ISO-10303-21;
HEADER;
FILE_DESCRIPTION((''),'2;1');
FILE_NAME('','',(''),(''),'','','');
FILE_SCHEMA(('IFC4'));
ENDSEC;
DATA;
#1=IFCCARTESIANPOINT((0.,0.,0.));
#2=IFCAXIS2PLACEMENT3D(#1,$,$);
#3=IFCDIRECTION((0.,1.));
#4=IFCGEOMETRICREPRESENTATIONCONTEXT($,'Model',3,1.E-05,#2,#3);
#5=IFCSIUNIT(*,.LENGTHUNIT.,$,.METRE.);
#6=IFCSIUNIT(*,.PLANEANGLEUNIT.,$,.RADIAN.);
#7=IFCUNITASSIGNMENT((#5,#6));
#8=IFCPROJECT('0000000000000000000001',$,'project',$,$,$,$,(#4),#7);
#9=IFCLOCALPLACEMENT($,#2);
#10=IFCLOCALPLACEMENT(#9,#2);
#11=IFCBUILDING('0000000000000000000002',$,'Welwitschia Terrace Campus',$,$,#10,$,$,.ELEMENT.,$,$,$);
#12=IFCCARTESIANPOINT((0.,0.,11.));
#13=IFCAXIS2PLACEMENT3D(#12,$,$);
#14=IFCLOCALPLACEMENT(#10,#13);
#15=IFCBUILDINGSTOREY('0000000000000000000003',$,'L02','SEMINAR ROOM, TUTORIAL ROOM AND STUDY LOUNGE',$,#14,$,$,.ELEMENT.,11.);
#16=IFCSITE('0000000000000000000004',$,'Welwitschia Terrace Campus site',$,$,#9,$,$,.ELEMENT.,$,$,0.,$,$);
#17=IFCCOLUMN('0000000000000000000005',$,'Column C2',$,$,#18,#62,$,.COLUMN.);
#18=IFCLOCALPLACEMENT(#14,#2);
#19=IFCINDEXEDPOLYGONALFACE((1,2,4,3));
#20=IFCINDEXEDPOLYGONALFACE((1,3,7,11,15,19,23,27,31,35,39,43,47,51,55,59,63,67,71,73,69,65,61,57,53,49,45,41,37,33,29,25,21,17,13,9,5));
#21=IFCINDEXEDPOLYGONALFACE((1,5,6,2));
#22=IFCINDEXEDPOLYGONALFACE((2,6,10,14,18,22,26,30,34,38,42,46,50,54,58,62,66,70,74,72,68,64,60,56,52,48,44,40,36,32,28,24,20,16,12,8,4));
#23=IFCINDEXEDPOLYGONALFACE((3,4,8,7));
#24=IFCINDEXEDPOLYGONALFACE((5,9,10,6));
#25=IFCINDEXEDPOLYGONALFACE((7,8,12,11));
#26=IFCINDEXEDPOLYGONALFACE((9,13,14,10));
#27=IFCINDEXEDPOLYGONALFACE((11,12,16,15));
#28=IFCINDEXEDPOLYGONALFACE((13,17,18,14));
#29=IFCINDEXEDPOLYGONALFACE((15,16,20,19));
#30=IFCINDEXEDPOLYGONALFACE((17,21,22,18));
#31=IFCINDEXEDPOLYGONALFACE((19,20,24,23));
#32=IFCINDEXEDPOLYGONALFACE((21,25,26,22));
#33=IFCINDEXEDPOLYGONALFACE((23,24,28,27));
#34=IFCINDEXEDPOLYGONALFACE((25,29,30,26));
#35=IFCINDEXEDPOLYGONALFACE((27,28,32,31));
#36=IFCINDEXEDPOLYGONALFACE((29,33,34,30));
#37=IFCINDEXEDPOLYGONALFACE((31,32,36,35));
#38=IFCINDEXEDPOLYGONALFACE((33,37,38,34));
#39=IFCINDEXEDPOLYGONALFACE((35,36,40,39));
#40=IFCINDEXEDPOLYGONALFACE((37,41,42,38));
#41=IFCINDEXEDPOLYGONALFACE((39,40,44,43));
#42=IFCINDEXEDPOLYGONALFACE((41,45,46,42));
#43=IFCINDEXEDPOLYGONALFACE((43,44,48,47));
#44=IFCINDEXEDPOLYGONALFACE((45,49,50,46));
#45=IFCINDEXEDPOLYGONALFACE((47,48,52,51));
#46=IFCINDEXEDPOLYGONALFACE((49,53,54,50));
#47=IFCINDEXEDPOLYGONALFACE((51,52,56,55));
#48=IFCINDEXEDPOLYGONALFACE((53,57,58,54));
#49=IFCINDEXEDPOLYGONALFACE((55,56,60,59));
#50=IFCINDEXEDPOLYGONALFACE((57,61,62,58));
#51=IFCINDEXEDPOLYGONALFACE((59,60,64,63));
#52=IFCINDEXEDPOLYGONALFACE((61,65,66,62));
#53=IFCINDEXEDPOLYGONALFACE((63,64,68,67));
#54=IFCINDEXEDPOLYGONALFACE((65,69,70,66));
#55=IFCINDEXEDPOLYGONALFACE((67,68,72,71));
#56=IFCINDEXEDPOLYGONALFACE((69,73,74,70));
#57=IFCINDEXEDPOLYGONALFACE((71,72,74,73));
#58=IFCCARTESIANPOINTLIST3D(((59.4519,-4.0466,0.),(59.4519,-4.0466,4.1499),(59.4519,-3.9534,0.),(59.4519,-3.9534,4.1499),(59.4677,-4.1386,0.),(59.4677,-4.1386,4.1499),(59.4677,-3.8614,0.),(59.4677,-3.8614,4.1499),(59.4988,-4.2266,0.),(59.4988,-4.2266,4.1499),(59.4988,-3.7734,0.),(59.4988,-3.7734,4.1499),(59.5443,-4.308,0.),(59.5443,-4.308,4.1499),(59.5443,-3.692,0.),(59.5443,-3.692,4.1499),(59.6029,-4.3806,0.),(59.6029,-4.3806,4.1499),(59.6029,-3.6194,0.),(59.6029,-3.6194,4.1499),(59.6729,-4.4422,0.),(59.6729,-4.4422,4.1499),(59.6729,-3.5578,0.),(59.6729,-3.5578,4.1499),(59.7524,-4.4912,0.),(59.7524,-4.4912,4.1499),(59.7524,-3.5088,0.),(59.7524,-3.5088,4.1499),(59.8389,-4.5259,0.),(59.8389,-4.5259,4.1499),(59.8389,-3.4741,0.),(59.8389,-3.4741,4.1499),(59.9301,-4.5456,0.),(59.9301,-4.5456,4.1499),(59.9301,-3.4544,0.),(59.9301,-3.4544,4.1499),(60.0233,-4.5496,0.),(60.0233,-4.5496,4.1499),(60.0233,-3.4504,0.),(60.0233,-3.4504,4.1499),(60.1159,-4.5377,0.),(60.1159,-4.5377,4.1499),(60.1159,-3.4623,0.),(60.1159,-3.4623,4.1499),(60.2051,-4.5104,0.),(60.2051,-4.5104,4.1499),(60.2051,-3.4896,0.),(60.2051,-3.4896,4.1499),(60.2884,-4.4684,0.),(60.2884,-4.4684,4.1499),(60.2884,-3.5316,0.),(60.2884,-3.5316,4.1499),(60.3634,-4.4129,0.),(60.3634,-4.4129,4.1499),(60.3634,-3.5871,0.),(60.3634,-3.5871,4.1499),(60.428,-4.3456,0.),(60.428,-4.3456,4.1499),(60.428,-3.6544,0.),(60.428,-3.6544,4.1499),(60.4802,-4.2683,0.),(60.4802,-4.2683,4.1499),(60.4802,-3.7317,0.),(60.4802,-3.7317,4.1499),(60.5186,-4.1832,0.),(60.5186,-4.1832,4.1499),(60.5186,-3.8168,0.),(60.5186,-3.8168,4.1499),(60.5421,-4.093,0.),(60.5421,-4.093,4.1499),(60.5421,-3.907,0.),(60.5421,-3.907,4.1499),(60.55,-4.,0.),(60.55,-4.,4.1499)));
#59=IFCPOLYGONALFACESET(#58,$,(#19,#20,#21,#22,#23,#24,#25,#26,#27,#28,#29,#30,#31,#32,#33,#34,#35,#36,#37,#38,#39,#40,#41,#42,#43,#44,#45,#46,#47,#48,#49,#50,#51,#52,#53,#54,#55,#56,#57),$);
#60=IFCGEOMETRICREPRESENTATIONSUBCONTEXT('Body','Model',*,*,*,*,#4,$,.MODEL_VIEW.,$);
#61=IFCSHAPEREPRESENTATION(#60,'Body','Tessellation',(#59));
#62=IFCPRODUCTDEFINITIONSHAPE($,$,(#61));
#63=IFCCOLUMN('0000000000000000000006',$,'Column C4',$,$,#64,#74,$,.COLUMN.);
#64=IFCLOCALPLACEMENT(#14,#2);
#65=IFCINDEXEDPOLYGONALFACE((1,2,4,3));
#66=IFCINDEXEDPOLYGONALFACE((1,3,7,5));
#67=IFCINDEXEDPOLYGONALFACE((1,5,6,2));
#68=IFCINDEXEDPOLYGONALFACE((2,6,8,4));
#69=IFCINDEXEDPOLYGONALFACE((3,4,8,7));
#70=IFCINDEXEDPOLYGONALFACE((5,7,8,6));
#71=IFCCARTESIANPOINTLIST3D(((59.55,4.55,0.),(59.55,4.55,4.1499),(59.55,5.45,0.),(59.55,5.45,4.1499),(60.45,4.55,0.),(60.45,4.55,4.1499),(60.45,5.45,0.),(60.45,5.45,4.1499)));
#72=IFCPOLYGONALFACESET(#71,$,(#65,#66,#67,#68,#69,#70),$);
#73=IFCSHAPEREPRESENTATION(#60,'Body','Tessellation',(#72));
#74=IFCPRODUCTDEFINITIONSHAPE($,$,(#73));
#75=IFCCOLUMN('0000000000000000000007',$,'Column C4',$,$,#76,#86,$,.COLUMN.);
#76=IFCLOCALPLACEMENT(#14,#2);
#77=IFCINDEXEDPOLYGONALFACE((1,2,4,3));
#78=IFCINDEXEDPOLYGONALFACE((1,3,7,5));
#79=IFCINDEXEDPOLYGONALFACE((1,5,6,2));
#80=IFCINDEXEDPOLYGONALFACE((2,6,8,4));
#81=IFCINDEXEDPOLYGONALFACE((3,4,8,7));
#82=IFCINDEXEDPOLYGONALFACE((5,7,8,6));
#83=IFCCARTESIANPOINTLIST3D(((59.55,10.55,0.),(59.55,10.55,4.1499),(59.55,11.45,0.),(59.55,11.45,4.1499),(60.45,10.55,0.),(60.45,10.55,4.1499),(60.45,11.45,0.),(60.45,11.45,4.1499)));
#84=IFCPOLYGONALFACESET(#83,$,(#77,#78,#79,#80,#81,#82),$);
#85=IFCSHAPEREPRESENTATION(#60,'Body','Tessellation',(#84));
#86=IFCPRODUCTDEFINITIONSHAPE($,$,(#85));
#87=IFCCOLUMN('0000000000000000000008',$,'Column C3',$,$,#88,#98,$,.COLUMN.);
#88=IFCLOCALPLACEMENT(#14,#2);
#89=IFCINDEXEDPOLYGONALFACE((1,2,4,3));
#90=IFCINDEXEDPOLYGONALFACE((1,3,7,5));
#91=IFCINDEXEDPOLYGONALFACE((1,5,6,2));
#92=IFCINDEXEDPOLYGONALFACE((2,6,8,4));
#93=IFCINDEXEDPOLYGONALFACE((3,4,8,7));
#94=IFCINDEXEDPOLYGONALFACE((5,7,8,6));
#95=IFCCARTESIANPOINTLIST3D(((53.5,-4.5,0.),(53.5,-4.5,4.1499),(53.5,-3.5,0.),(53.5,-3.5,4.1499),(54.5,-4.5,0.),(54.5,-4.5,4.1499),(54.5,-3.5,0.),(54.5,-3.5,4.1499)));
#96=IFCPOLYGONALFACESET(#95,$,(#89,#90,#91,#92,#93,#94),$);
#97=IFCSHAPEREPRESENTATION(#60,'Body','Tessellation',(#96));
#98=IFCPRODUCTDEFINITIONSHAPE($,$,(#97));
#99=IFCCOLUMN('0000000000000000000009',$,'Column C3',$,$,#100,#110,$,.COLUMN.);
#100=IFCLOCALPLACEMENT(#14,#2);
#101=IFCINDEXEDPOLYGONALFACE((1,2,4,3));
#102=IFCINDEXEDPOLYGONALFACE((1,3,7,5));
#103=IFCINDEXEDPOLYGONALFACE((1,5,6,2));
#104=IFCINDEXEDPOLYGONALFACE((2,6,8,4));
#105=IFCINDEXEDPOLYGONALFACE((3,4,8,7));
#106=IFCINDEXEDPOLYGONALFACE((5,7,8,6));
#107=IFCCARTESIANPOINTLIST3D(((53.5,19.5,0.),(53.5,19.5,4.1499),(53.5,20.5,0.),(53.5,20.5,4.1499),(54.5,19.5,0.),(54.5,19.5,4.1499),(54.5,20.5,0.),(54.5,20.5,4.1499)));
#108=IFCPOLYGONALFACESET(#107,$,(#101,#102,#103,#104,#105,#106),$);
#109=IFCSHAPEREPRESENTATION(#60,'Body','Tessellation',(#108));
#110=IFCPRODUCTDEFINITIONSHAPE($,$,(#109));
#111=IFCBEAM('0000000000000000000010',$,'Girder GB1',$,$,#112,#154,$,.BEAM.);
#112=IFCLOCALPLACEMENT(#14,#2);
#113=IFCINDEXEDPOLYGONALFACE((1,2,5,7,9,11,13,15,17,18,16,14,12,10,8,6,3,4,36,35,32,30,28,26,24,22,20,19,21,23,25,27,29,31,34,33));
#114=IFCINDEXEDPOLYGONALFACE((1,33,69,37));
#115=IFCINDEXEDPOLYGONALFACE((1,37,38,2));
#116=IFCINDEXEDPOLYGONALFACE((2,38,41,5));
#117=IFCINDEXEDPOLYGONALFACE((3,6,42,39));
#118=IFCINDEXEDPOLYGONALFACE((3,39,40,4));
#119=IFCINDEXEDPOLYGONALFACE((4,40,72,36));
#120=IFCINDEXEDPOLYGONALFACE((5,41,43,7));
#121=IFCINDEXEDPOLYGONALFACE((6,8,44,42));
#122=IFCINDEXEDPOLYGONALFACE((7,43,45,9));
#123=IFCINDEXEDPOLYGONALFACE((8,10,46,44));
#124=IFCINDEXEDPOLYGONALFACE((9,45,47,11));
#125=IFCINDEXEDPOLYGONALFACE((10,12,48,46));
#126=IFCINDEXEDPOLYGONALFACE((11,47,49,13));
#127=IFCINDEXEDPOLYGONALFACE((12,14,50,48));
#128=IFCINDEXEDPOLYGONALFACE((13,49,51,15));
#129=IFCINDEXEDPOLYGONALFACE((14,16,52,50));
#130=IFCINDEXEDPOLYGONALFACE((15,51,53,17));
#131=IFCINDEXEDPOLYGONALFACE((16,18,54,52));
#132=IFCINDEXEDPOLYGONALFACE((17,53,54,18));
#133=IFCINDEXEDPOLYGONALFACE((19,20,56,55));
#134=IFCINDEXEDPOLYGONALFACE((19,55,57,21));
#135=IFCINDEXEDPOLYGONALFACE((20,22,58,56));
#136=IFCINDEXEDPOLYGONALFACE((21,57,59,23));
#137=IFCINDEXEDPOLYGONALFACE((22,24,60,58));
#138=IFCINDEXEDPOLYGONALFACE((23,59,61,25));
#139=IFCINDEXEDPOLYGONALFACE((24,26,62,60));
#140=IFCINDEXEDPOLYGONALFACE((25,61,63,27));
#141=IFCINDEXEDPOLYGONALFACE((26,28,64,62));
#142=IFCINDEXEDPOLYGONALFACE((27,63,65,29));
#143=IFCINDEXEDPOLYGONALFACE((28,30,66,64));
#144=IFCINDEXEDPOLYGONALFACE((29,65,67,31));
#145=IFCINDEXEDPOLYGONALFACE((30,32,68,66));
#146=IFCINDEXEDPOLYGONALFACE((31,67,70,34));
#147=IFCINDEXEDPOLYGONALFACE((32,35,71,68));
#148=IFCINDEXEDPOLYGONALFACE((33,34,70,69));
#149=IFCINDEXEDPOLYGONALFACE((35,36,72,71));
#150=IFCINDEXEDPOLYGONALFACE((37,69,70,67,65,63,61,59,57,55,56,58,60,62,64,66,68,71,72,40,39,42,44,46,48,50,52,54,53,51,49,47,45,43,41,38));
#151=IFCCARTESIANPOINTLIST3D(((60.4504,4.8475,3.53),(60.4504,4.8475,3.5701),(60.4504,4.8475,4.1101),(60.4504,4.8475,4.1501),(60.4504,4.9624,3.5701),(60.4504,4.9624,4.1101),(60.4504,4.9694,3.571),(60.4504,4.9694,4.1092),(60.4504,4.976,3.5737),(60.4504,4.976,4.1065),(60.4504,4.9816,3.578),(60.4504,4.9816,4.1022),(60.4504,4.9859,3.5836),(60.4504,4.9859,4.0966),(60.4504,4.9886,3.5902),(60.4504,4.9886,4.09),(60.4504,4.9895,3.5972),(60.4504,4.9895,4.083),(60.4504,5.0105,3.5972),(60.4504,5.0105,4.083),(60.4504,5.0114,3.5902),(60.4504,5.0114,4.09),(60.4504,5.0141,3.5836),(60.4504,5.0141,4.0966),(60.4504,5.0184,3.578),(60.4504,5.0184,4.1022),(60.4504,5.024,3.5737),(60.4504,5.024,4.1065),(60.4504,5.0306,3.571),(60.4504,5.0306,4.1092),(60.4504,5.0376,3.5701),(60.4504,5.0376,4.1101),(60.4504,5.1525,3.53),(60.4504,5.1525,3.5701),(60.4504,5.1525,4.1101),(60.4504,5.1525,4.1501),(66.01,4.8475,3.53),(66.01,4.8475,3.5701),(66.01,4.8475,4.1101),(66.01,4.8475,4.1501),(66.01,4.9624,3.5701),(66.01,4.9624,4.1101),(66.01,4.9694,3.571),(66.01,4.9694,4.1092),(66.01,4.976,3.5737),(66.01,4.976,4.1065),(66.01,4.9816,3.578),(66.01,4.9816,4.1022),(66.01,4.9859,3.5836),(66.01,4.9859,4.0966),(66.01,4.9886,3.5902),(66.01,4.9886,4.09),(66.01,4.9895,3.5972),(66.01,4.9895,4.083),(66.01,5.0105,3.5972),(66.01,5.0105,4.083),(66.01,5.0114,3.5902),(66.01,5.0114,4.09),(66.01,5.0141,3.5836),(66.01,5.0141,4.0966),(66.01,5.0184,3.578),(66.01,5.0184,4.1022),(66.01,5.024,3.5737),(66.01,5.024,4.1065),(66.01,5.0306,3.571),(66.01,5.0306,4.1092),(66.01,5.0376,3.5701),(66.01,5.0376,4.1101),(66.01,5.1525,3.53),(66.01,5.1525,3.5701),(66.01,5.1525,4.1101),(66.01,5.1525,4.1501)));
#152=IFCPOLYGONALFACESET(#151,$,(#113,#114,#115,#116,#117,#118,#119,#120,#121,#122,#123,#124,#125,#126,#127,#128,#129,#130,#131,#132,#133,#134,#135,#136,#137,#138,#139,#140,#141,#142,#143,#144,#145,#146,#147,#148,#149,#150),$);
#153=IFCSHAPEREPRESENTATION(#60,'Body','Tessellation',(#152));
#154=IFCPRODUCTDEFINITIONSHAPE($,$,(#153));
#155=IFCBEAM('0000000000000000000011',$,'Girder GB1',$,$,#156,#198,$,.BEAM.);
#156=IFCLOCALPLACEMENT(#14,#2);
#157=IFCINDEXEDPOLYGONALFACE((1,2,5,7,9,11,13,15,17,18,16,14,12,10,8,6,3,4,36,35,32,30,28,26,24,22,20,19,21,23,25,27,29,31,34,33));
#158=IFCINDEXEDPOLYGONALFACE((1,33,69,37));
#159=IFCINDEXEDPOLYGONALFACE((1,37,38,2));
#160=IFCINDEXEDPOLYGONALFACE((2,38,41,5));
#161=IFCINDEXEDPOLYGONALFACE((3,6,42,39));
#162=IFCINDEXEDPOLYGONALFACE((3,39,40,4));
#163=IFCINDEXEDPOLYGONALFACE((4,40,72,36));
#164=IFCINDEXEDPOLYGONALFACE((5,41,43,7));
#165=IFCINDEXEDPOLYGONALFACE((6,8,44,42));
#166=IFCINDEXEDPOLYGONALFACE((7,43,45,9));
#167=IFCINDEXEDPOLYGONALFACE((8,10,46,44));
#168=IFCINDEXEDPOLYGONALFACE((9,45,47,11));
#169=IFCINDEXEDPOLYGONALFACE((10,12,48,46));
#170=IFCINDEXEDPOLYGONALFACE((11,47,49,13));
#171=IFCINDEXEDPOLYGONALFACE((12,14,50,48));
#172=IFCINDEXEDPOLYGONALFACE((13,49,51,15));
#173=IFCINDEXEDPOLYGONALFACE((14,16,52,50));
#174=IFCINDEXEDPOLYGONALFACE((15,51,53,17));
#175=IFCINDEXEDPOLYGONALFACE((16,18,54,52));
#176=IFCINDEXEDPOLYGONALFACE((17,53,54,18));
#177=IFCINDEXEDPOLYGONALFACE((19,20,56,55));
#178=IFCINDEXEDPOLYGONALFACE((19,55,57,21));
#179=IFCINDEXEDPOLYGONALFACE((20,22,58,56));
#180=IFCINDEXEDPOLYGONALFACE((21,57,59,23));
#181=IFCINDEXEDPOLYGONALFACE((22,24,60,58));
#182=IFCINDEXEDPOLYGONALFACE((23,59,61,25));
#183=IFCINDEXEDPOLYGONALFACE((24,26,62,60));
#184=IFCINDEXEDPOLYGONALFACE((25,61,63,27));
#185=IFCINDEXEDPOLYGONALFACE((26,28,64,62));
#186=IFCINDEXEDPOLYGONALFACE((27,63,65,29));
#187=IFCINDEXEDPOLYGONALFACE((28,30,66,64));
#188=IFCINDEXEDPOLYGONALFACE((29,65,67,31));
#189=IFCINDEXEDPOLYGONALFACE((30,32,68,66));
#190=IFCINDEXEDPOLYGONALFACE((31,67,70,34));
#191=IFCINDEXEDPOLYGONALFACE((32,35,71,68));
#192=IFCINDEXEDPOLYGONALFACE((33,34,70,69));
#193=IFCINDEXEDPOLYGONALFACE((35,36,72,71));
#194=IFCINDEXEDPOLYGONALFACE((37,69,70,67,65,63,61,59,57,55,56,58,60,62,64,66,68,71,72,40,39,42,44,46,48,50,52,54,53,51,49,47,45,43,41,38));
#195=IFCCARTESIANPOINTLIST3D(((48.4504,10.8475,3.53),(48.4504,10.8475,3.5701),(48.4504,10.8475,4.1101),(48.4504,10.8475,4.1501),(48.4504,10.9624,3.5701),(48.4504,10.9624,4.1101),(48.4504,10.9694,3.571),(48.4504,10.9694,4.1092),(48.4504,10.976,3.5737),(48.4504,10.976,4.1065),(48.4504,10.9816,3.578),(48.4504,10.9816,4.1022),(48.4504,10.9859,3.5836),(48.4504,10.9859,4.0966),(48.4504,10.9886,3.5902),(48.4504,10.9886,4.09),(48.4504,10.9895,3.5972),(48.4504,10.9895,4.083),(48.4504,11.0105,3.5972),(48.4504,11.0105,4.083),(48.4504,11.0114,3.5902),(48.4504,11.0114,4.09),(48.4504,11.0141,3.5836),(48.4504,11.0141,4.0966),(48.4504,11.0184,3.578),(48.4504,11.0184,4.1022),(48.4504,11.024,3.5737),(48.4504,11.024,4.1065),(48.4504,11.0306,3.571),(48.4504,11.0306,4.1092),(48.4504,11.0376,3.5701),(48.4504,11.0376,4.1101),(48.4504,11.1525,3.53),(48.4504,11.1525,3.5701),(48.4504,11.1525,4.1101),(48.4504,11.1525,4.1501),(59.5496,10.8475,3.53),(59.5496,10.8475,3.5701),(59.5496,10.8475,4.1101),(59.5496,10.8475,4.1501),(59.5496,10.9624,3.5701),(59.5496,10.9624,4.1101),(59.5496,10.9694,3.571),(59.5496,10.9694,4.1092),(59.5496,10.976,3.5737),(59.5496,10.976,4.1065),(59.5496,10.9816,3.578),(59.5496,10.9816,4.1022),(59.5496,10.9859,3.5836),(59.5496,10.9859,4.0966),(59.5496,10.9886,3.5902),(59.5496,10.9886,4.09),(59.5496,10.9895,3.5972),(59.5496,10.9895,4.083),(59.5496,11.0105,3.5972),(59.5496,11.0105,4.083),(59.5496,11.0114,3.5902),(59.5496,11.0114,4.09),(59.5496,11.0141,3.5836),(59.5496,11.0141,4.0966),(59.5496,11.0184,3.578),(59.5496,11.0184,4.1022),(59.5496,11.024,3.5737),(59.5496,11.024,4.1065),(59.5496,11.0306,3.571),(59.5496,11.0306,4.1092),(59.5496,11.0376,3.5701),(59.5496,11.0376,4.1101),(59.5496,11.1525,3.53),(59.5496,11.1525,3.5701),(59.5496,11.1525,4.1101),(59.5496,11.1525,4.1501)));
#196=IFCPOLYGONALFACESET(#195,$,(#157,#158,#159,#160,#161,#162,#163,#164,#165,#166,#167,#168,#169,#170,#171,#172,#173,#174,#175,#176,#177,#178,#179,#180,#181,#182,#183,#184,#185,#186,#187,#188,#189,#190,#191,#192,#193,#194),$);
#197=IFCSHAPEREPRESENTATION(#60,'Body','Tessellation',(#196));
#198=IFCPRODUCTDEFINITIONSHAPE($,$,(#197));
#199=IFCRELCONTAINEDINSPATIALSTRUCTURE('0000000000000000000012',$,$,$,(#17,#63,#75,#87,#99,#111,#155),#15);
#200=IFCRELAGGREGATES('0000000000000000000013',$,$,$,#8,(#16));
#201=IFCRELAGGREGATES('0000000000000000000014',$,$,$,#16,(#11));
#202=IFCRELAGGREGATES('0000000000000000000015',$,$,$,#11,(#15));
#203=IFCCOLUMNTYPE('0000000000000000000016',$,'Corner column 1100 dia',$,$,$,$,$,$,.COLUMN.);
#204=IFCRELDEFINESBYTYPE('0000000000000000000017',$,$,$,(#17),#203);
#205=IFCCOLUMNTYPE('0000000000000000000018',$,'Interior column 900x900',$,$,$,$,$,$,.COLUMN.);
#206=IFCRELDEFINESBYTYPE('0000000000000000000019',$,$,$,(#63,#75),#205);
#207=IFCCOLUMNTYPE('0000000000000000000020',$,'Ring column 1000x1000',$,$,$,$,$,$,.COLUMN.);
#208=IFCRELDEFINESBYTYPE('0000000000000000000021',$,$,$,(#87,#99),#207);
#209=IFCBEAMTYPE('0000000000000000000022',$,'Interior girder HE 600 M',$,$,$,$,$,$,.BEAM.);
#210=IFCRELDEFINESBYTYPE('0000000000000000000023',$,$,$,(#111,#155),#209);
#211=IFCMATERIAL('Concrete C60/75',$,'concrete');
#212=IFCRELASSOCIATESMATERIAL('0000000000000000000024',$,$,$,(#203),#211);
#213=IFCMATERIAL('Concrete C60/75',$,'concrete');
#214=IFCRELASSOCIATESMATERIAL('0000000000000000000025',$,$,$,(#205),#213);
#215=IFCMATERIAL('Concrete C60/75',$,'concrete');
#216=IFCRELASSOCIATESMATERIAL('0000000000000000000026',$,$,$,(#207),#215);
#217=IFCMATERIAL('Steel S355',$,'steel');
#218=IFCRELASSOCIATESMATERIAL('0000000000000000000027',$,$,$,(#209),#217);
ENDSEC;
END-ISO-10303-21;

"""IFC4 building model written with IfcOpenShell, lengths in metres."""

from ifc_helpers import new_model, si_unit, direction, frame, origin, origin_2d, place, context, subcontext, project, spatial, rectangle, circle, i_section, extrude, material, material_profile, profile_set, type_object, element, save


model = new_model("IFC4")

# Units and contexts
model_context = context("Model", 3, precision=1e-05, world=origin(), true_north=direction((0.0, 1.0)))
body_context = subcontext(model_context, "Body", "Model", "MODEL_VIEW")
ifc_project = project(units=[si_unit("LENGTHUNIT", "METRE"), si_unit("PLANEANGLEUNIT", "RADIAN")], contexts=[model_context])

# Site, building, storey
site_placement = place(None, origin())
site = spatial("IfcSite", under=ifc_project, at=site_placement, Name="Welwitschia Terrace Campus site", CompositionType="ELEMENT", RefElevation=0.0)
building_placement = place(site_placement, origin())
building = spatial("IfcBuilding", under=site, at=building_placement, Name="Welwitschia Terrace Campus", CompositionType="ELEMENT")
storey_placement = place(building_placement, frame((0.0, 0.0, 11.0)))
storey = spatial("IfcBuildingStorey", under=building, at=storey_placement, Name="L02", Description="SEMINAR ROOM, TUTORIAL ROOM AND STUDY LOUNGE", CompositionType="ELEMENT", Elevation=11.0)

# Columns
ifc_material_1 = material(Name="Concrete C60/75", Category="concrete")
ifc_material_profile_1 = material_profile(ifc_material_1, circle(Radius=0.55, at=origin_2d()))
ifc_profile_set_1 = profile_set([ifc_material_profile_1], Name="Concrete C60/75")
column_type_1 = type_object("IfcColumnType", Name="Corner column 1100 dia", PredefinedType="COLUMN", material=ifc_profile_set_1)
column_placement = place(storey_placement, frame((60.0, -4.0, 0.0), z_axis=(0.0, 0.0, 1.0), x_axis=(1.0, 0.0, 0.0)))
element("IfcColumn", 1, at=column_placement, inside=storey, type_object=column_type_1, Name="Column C2", PredefinedType="COLUMN", context=body_context, shape_type="SweptSolid", body=[
    extrude(circle(Radius=0.55, at=origin_2d()), origin(), (0.0, 0.0, 1.0), 4.1499),
])
ifc_material_2 = material(Name="Concrete C60/75", Category="concrete")
ifc_material_profile_2 = material_profile(ifc_material_2, rectangle(XDim=0.8999, YDim=0.8999, at=origin_2d()))
ifc_profile_set_2 = profile_set([ifc_material_profile_2], Name="Concrete C60/75")
column_type_2 = type_object("IfcColumnType", Name="Interior column 900x900", PredefinedType="COLUMN", material=ifc_profile_set_2)
for number, where, z_axis, x_axis, name in (
    (2, (60.0, 5.0, 0.0), (0.0, 0.0, 1.0), (1.0, 0.0, 0.0), "Column C4"),
    (3, (60.0, 11.0, 0.0), (0.0, 0.0, 1.0), (1.0, 0.0, 0.0), "Column C4"),
):
    element("IfcColumn", number, at=place(storey_placement, frame(where, z_axis=z_axis, x_axis=x_axis)), inside=storey, type_object=column_type_2, Name=name, PredefinedType="COLUMN", context=body_context, shape_type="SweptSolid", body=[
        extrude(rectangle(XDim=0.8999, YDim=0.8999, at=origin_2d()), origin(), (0.0, 0.0, 1.0), 4.1499),
    ])
ifc_material_3 = material(Name="Concrete C60/75", Category="concrete")
ifc_material_profile_3 = material_profile(ifc_material_3, rectangle(XDim=1.0, YDim=1.0, at=origin_2d()))
ifc_profile_set_3 = profile_set([ifc_material_profile_3], Name="Concrete C60/75")
column_type_3 = type_object("IfcColumnType", Name="Ring column 1000x1000", PredefinedType="COLUMN", material=ifc_profile_set_3)
for number, where, z_axis, x_axis, name in (
    (4, (54.0, -4.0, 0.0), (0.0, 0.0, 1.0), (1.0, 0.0, 0.0), "Column C3"),
    (5, (54.0, 20.0, 0.0), (0.0, 0.0, 1.0), (1.0, 0.0, 0.0), "Column C3"),
):
    element("IfcColumn", number, at=place(storey_placement, frame(where, z_axis=z_axis, x_axis=x_axis)), inside=storey, type_object=column_type_3, Name=name, PredefinedType="COLUMN", context=body_context, shape_type="SweptSolid", body=[
        extrude(rectangle(XDim=1.0, YDim=1.0, at=origin_2d()), origin(), (0.0, 0.0, 1.0), 4.1499),
    ])

# Beams
ifc_material_4 = material(Name="Steel S355", Category="steel")
ifc_material_profile_4 = material_profile(ifc_material_4, i_section(OverallWidth=0.3049, OverallDepth=0.6201, WebThickness=0.021, FlangeThickness=0.04, FilletRadius=0.0271, at=origin_2d()))
ifc_profile_set_4 = profile_set([ifc_material_profile_4], Name="Steel S355")
beam_type_1 = type_object("IfcBeamType", Name="Interior girder HE 600 M", PredefinedType="BEAM", material=ifc_profile_set_4)
beam_1_placement = place(storey_placement, frame((60.4504, 5.0, 3.8401), z_axis=(1.0, 0.0, 0.0), x_axis=(0.0, 1.0, 0.0)))
element("IfcBeam", 6, at=beam_1_placement, inside=storey, type_object=beam_type_1, Name="Girder GB1", PredefinedType="BEAM", context=body_context, shape_type="SweptSolid", body=[
    extrude(i_section(OverallWidth=0.3049, OverallDepth=0.6201, WebThickness=0.021, FlangeThickness=0.04, FilletRadius=0.0271, at=origin_2d()), origin(), (0.0, 0.0, 1.0), 5.5596),
])
beam_2_placement = place(storey_placement, frame((48.4504, 11.0, 3.8401), z_axis=(1.0, 0.0, 0.0), x_axis=(0.0, 1.0, 0.0)))
element("IfcBeam", 7, at=beam_2_placement, inside=storey, type_object=beam_type_1, Name="Girder GB1", PredefinedType="BEAM", context=body_context, shape_type="SweptSolid", body=[
    extrude(i_section(OverallWidth=0.3049, OverallDepth=0.6201, WebThickness=0.021, FlangeThickness=0.04, FilletRadius=0.0271, at=origin_2d()), origin(), (0.0, 0.0, 1.0), 11.0991),
])

save(model, "model.ifc")
